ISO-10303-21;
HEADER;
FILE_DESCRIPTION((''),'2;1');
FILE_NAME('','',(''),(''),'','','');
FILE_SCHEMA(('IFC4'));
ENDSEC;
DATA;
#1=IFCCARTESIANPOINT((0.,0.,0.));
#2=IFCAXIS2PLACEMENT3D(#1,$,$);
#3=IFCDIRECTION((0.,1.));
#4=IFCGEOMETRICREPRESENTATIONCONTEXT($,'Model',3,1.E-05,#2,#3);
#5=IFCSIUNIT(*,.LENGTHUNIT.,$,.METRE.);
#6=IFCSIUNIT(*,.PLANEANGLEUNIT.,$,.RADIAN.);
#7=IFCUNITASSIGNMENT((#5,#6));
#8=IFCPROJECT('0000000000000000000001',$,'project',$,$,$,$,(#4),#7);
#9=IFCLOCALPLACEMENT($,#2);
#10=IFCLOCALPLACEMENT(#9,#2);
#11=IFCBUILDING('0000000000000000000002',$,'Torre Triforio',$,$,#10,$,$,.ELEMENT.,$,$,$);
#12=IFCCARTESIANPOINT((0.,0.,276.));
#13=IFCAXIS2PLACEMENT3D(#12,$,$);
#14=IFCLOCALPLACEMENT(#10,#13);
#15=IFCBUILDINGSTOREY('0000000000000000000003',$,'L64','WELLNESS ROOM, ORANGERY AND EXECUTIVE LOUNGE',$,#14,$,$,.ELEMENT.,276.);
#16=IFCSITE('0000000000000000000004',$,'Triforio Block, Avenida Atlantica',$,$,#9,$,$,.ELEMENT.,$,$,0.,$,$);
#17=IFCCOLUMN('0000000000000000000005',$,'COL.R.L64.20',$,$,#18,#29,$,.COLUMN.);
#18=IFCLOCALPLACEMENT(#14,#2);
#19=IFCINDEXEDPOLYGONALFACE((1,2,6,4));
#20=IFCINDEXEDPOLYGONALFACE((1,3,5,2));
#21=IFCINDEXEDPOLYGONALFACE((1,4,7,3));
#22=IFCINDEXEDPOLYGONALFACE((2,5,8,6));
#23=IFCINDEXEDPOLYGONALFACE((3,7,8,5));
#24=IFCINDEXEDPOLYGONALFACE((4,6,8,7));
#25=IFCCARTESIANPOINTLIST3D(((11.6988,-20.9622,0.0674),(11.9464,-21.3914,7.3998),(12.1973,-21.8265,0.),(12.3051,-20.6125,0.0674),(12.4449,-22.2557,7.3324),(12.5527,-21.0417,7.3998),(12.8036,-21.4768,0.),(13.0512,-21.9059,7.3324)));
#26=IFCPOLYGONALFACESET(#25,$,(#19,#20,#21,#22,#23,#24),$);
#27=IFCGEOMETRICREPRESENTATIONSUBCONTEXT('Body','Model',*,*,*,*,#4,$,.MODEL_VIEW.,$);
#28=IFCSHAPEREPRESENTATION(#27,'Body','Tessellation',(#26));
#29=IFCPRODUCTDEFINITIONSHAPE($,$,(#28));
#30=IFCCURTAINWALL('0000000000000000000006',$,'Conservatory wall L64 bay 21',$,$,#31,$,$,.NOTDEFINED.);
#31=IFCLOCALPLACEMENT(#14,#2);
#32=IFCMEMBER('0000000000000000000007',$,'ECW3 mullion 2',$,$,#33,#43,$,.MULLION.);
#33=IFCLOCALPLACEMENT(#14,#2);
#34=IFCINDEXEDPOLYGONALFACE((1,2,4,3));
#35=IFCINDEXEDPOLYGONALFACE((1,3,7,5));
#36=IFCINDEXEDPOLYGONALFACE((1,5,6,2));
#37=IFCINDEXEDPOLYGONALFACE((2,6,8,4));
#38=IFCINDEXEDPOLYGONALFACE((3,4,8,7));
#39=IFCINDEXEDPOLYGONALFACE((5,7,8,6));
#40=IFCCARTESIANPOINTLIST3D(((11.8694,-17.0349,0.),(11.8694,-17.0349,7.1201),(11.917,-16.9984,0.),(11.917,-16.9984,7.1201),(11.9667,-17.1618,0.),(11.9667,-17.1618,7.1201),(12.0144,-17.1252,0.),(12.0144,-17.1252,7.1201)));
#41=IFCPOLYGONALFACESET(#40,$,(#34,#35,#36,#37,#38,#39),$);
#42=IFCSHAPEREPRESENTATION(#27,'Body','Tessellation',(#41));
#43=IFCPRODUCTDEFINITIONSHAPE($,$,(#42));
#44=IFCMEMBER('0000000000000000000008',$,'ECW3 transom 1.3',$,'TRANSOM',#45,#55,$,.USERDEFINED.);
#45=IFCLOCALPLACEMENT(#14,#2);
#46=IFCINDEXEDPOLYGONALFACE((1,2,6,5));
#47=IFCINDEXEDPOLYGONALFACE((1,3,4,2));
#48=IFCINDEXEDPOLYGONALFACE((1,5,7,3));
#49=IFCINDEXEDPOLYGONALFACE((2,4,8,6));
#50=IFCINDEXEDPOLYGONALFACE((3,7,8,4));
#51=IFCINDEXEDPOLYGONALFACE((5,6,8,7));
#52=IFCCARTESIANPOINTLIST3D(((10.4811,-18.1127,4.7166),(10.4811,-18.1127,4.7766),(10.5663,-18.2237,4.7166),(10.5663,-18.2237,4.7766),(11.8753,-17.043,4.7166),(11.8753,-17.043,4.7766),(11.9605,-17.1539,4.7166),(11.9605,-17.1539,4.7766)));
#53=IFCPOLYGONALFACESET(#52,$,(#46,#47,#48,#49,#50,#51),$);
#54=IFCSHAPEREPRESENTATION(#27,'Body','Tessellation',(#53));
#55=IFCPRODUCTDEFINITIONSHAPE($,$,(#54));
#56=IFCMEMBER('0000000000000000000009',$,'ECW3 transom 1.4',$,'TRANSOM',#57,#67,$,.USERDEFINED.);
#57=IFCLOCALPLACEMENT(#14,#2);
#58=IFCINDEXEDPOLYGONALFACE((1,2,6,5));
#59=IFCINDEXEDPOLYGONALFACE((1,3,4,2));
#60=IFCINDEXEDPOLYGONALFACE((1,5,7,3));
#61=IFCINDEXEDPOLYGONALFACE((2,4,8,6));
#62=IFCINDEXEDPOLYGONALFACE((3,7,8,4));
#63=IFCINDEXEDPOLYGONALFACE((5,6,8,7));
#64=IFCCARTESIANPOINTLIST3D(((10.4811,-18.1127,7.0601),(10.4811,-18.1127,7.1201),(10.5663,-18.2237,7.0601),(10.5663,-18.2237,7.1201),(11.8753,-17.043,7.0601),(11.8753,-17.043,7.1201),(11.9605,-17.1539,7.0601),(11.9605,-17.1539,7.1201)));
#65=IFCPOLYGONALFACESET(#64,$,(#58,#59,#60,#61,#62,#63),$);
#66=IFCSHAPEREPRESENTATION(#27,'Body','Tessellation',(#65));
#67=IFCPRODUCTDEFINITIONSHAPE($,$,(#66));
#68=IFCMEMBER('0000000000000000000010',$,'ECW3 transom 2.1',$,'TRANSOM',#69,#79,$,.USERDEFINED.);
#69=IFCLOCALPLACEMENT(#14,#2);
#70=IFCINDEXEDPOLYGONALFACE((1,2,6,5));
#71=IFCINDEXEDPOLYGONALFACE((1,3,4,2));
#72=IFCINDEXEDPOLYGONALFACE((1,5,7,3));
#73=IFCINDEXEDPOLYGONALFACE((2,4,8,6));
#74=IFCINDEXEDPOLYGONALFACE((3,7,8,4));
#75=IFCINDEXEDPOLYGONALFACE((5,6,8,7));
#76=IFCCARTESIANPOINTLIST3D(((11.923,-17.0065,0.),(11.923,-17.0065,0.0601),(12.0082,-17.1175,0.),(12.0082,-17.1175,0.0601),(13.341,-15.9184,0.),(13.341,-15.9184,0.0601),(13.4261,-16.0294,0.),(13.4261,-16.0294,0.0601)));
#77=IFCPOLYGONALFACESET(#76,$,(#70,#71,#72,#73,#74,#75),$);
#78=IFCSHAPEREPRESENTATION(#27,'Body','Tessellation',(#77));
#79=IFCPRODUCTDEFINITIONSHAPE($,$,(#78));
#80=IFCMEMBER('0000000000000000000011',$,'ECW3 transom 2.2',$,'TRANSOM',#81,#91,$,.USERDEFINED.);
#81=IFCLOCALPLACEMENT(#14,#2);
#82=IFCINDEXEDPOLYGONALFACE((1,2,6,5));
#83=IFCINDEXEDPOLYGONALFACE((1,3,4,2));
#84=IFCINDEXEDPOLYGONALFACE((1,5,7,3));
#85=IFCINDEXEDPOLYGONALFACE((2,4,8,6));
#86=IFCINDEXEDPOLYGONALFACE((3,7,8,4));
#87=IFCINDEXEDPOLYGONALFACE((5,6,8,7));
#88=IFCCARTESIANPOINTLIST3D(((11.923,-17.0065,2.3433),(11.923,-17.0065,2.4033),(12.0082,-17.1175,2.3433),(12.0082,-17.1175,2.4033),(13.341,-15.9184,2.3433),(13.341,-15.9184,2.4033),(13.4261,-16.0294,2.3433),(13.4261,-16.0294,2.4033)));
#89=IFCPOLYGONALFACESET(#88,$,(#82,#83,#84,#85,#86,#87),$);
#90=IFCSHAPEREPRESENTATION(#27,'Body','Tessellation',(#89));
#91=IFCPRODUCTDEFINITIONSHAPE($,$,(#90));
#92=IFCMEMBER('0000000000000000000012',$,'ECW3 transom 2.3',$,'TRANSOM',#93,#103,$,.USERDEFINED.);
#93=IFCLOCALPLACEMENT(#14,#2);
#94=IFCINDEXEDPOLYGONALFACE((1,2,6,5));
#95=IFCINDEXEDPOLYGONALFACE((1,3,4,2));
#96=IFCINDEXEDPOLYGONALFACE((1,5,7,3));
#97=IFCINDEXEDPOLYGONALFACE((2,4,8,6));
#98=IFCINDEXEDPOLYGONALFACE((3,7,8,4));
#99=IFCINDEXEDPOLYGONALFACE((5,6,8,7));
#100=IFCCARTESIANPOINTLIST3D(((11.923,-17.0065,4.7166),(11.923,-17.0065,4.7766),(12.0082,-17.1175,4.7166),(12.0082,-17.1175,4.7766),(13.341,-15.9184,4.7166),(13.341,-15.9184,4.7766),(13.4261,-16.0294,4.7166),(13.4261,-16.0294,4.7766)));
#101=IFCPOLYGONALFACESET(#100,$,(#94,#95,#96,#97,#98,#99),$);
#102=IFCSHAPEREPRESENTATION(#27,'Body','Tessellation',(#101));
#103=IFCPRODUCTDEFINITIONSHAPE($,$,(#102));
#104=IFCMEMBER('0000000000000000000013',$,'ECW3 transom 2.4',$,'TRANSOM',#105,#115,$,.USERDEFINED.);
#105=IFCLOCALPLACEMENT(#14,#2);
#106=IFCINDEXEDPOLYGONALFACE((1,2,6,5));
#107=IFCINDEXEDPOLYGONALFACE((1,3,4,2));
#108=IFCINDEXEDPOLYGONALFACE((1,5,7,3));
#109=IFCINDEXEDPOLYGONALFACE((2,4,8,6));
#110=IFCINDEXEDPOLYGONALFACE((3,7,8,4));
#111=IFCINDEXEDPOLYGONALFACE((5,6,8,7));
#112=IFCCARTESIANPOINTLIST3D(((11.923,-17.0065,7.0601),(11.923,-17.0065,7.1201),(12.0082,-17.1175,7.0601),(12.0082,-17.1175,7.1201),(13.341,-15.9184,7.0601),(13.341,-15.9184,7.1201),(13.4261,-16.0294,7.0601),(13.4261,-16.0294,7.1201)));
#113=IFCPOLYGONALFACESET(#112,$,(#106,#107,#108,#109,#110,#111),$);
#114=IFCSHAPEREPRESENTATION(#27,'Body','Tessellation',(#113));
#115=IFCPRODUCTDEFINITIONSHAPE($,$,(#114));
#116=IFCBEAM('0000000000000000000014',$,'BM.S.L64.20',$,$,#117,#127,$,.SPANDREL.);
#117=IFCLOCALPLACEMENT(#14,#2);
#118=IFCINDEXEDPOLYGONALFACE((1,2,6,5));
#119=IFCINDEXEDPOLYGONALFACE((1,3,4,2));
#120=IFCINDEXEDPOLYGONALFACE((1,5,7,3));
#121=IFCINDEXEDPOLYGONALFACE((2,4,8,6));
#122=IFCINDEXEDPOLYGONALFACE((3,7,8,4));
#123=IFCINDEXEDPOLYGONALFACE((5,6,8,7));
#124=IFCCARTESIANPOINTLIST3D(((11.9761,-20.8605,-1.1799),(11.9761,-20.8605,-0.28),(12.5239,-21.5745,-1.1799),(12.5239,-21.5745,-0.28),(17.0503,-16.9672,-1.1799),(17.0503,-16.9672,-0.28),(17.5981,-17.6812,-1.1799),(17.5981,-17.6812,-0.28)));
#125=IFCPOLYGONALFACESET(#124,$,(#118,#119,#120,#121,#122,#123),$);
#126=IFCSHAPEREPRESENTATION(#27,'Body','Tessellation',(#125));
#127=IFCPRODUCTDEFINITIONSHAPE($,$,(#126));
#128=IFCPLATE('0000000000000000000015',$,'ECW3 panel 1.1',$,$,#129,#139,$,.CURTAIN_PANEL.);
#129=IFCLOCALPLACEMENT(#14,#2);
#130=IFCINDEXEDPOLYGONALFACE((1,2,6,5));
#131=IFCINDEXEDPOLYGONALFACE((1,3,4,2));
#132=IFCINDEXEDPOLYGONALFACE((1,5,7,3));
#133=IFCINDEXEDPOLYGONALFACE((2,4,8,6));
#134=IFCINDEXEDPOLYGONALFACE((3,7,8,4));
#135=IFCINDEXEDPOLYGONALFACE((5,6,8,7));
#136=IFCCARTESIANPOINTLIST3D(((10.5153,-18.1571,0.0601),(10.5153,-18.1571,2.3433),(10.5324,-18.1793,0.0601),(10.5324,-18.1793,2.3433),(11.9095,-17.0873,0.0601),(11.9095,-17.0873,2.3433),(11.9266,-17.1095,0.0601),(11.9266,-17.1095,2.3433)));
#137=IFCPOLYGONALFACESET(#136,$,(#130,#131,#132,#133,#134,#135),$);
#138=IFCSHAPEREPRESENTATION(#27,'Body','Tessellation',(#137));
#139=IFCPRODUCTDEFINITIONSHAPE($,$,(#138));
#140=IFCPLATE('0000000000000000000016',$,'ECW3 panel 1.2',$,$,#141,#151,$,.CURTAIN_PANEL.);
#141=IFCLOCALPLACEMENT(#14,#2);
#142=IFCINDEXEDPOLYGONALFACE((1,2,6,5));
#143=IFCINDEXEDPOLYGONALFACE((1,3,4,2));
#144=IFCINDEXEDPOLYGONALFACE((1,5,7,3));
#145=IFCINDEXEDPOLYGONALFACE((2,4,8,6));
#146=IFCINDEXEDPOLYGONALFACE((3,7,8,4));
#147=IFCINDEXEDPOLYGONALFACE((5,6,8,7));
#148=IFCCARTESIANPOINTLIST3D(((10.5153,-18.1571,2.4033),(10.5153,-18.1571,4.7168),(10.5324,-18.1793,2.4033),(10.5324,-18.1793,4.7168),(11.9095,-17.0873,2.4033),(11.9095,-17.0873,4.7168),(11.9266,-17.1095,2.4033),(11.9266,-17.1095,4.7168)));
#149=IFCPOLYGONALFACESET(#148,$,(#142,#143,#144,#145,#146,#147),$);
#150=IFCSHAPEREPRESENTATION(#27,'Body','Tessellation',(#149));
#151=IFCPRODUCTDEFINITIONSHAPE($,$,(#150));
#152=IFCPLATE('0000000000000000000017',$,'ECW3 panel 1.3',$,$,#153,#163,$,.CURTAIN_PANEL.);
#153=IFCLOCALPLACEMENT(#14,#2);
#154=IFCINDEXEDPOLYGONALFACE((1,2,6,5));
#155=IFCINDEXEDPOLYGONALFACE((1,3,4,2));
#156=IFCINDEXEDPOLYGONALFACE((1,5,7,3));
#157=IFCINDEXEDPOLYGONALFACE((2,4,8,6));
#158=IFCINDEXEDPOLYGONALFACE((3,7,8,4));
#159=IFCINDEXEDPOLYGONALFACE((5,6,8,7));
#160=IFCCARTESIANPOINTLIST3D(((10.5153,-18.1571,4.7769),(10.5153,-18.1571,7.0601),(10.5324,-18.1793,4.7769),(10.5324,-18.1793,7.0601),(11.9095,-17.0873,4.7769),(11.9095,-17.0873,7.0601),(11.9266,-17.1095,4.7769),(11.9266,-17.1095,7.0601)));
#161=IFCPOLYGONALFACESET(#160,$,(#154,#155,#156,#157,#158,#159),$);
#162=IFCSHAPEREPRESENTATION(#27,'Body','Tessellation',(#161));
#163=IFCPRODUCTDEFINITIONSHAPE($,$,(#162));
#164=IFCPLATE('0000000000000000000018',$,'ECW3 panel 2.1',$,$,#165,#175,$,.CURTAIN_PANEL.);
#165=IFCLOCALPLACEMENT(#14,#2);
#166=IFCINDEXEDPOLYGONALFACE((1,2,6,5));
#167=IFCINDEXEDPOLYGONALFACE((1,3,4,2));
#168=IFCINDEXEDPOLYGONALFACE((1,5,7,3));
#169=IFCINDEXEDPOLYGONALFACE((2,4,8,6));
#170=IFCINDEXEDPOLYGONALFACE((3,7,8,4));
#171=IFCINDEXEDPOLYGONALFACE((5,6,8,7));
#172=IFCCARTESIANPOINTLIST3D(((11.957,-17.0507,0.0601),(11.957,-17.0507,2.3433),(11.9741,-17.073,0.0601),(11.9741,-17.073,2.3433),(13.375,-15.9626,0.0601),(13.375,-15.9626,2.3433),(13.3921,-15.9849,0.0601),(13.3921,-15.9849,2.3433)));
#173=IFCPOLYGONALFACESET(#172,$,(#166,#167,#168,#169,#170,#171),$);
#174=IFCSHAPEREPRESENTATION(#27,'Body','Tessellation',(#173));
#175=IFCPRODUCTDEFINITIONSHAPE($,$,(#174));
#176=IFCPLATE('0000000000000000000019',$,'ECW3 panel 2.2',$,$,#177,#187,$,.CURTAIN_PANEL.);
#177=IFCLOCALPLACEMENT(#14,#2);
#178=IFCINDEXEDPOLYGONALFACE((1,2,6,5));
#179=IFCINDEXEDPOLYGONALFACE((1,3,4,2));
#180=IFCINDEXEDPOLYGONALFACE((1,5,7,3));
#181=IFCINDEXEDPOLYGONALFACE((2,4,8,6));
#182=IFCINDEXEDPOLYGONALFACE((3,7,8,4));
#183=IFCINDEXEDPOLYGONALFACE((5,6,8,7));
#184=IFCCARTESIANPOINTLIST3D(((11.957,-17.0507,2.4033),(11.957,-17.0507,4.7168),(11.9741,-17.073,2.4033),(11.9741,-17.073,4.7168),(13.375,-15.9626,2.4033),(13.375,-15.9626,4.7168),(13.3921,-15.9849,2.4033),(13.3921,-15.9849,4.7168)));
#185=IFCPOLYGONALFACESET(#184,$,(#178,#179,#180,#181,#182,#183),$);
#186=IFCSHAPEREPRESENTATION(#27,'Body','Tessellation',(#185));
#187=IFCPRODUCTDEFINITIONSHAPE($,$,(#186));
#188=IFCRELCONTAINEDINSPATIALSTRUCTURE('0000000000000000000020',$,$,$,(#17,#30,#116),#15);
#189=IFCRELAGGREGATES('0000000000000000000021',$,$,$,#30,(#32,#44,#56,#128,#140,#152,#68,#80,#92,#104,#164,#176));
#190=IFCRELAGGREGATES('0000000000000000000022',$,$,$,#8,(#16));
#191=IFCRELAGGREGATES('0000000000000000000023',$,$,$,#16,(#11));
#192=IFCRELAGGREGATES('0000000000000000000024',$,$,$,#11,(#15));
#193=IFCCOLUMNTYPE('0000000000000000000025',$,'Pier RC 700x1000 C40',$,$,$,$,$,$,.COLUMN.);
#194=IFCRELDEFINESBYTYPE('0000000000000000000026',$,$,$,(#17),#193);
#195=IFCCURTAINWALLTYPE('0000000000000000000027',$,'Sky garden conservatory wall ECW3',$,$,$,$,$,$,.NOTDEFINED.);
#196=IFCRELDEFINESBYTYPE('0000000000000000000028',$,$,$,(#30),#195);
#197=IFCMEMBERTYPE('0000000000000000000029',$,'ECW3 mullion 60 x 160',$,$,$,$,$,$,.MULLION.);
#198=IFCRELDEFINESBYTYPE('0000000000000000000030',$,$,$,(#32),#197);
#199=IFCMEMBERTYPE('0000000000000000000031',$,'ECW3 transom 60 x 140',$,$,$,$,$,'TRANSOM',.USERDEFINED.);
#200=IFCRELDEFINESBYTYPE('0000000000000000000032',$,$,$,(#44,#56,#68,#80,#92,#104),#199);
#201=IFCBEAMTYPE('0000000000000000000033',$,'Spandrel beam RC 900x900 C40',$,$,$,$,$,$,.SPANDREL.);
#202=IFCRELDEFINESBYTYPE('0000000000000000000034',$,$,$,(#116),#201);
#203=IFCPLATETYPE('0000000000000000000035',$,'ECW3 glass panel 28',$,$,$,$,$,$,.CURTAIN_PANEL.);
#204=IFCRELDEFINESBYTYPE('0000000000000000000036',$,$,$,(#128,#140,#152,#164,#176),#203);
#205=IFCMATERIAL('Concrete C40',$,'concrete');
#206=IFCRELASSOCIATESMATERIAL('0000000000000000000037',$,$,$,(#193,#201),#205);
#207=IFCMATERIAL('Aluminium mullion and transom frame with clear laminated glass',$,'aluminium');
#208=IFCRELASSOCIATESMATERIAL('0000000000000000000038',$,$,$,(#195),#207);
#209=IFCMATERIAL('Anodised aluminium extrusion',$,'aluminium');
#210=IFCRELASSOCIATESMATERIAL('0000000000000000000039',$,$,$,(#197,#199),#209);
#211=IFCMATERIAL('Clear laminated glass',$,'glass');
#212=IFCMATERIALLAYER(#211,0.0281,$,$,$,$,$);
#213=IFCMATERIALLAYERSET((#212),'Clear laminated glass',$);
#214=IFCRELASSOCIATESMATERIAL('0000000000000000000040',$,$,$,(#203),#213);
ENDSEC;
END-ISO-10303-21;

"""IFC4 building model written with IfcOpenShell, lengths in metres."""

from ifc_helpers import new_model, si_unit, direction, frame, origin, origin_2d, place, context, subcontext, project, spatial, rectangle, extrude, material, layer, layer_set, material_profile, profile_set, type_object, element, aggregate, save


model = new_model("IFC4")

# Units and contexts
model_context = context("Model", 3, precision=1e-05, world=origin(), true_north=direction((0.0, 1.0)))
body_context = subcontext(model_context, "Body", "Model", "MODEL_VIEW")
ifc_project = project(units=[si_unit("LENGTHUNIT", "METRE"), si_unit("PLANEANGLEUNIT", "RADIAN")], contexts=[model_context])

# Site, building, storey
site_placement = place(None, origin())
site = spatial("IfcSite", under=ifc_project, at=site_placement, Name="Triforio Block, Avenida Atlantica", CompositionType="ELEMENT", RefElevation=0.0)
building_placement = place(site_placement, origin())
building = spatial("IfcBuilding", under=site, at=building_placement, Name="Torre Triforio", CompositionType="ELEMENT")
storey_placement = place(building_placement, frame((0.0, 0.0, 276.0)))
storey = spatial("IfcBuildingStorey", under=building, at=storey_placement, Name="L64", Description="WELLNESS ROOM, ORANGERY AND EXECUTIVE LOUNGE", CompositionType="ELEMENT", Elevation=276.0)

# Column
ifc_material_1 = material(Name="Concrete C40", Category="concrete")
ifc_material_profile_1 = material_profile(ifc_material_1, rectangle(XDim=0.7, YDim=1.0, at=origin_2d()), Name="RC 700x1000")
ifc_profile_set_1 = profile_set([ifc_material_profile_1], Name="Concrete C40")
column_type = type_object("IfcColumnType", Name="Pier RC 700x1000 C40", PredefinedType="COLUMN", material=ifc_profile_set_1)
column_placement = place(storey_placement, frame((12.2512, -21.2195, 0.0337), z_axis=(0.033685, -0.0584, 0.997725), x_axis=(0.866235, 0.499637, 0.0)))
element("IfcColumn", 1, at=column_placement, inside=storey, type_object=column_type, Name="COL.R.L64.20", PredefinedType="COLUMN", context=body_context, shape_type="SweptSolid", body=[
    extrude(rectangle(XDim=0.7, YDim=1.0, at=origin_2d()), origin(), (0.0, 0.0, 1.0), 7.3491),
])

# Curtain wall, members
ifc_material_2 = material(Name="Aluminium mullion and transom frame with clear laminated glass", Category="aluminium")
curtain_wall_type = type_object("IfcCurtainWallType", Name="Sky garden conservatory wall ECW3", PredefinedType="NOTDEFINED", material=ifc_material_2)
curtain_wall_placement = place(storey_placement, origin())
curtain_wall = element("IfcCurtainWall", 2, at=curtain_wall_placement, inside=storey, type_object=curtain_wall_type, Name="Conservatory wall L64 bay 21", PredefinedType="NOTDEFINED")
ifc_material_3 = material(Name="Anodised aluminium extrusion", Category="aluminium")
ifc_material_profile_2 = material_profile(ifc_material_3, rectangle(XDim=0.1599, YDim=0.0601, at=origin_2d()), Name="ECW3 MULLION 60x160")
ifc_profile_set_2 = profile_set([ifc_material_profile_2], Name="Anodised aluminium extrusion")
member_type_1 = type_object("IfcMemberType", Name="ECW3 mullion 60 x 160", PredefinedType="MULLION", material=ifc_profile_set_2)
member_1_placement = place(storey_placement, frame((11.9419, -17.0801, 0.0), z_axis=(0.0, 0.0, 1.0), x_axis=(-0.608763, 0.793352, 0.0)))
member_1 = element("IfcMember", 3, at=member_1_placement, type_object=member_type_1, Name="ECW3 mullion 2", PredefinedType="MULLION", context=body_context, shape_type="SweptSolid", body=[
    extrude(rectangle(XDim=0.1599, YDim=0.0601, at=origin_2d()), origin(), (0.0, 0.0, 1.0), 7.1201),
])
ifc_material_profile_3 = material_profile(ifc_material_3, rectangle(XDim=0.1399, YDim=0.0601, at=origin_2d()), Name="ECW3 TRANSOM 60x140")
ifc_profile_set_3 = profile_set([ifc_material_profile_3], Name="Anodised aluminium extrusion")
member_type_2 = type_object("IfcMemberType", Name="ECW3 transom 60 x 140", ElementType="TRANSOM", PredefinedType="USERDEFINED", material=ifc_profile_set_3)
member_2_placement = place(storey_placement, frame((10.5237, -18.1682, 4.7466), z_axis=(0.793367, 0.608744, 0.0), x_axis=(-0.608744, 0.793367, 0.0)))
member_2 = element("IfcMember", 4, at=member_2_placement, type_object=member_type_2, Name="ECW3 transom 1.3", ObjectType="TRANSOM", PredefinedType="USERDEFINED", context=body_context, shape_type="SweptSolid", body=[
    extrude(rectangle(XDim=0.1399, YDim=0.0601, at=origin_2d()), origin(), (0.0, 0.0, 1.0), 1.7573),
])
member_3_placement = place(storey_placement, frame((10.5237, -18.1682, 7.0901), z_axis=(0.793367, 0.608744, 0.0), x_axis=(-0.608744, 0.793367, 0.0)))
member_3 = element("IfcMember", 5, at=member_3_placement, type_object=member_type_2, Name="ECW3 transom 1.4", ObjectType="TRANSOM", PredefinedType="USERDEFINED", context=body_context, shape_type="SweptSolid", body=[
    extrude(rectangle(XDim=0.1399, YDim=0.0601, at=origin_2d()), origin(), (0.0, 0.0, 1.0), 1.7573),
])
member_4_placement = place(storey_placement, frame((11.9656, -17.062, 0.03), z_axis=(0.793329, 0.608793, 0.0), x_axis=(-0.608793, 0.793329, 0.0)))
member_4 = element("IfcMember", 6, at=member_4_placement, type_object=member_type_2, Name="ECW3 transom 2.1", ObjectType="TRANSOM", PredefinedType="USERDEFINED", context=body_context, shape_type="SweptSolid", body=[
    extrude(rectangle(XDim=0.1399, YDim=0.0601, at=origin_2d()), origin(), (0.0, 0.0, 1.0), 1.7874),
])
member_5_placement = place(storey_placement, frame((11.9656, -17.062, 2.3733), z_axis=(0.793329, 0.608793, 0.0), x_axis=(-0.608793, 0.793329, 0.0)))
member_5 = element("IfcMember", 7, at=member_5_placement, type_object=member_type_2, Name="ECW3 transom 2.2", ObjectType="TRANSOM", PredefinedType="USERDEFINED", context=body_context, shape_type="SweptSolid", body=[
    extrude(rectangle(XDim=0.1399, YDim=0.0601, at=origin_2d()), origin(), (0.0, 0.0, 1.0), 1.7874),
])
member_6_placement = place(storey_placement, frame((11.9656, -17.062, 4.7466), z_axis=(0.793329, 0.608793, 0.0), x_axis=(-0.608793, 0.793329, 0.0)))
member_6 = element("IfcMember", 8, at=member_6_placement, type_object=member_type_2, Name="ECW3 transom 2.3", ObjectType="TRANSOM", PredefinedType="USERDEFINED", context=body_context, shape_type="SweptSolid", body=[
    extrude(rectangle(XDim=0.1399, YDim=0.0601, at=origin_2d()), origin(), (0.0, 0.0, 1.0), 1.7874),
])
member_7_placement = place(storey_placement, frame((11.9656, -17.062, 7.0901), z_axis=(0.793329, 0.608793, 0.0), x_axis=(-0.608793, 0.793329, 0.0)))
member_7 = element("IfcMember", 9, at=member_7_placement, type_object=member_type_2, Name="ECW3 transom 2.4", ObjectType="TRANSOM", PredefinedType="USERDEFINED", context=body_context, shape_type="SweptSolid", body=[
    extrude(rectangle(XDim=0.1399, YDim=0.0601, at=origin_2d()), origin(), (0.0, 0.0, 1.0), 1.7874),
])

# Beam
ifc_material_profile_4 = material_profile(ifc_material_1, rectangle(XDim=0.8999, YDim=0.8999, at=origin_2d()), Name="RC 900x900")
ifc_profile_set_4 = profile_set([ifc_material_profile_4], Name="Concrete C40")
beam_type = type_object("IfcBeamType", Name="Spandrel beam RC 900x900 C40", PredefinedType="SPANDREL", material=ifc_profile_set_4)
beam_placement = place(storey_placement, frame((12.25, -21.2175, -0.73), z_axis=(0.793374, 0.608734, 0.0), x_axis=(-0.608734, 0.793374, 0.0)))
element("IfcBeam", 10, at=beam_placement, inside=storey, type_object=beam_type, Name="BM.S.L64.20", PredefinedType="SPANDREL", context=body_context, shape_type="SweptSolid", body=[
    extrude(rectangle(XDim=0.8999, YDim=0.8999, at=origin_2d()), origin(), (0.0, 0.0, 1.0), 6.3958),
])

# Plates
ifc_material_4 = material(Name="Clear laminated glass", Category="glass")
ifc_layer_1 = layer(ifc_material_4, 0.0281)
ifc_layer_set_1 = layer_set([ifc_layer_1], Name="Clear laminated glass")
plate_type = type_object("IfcPlateType", Name="ECW3 glass panel 28", PredefinedType="CURTAIN_PANEL", material=ifc_layer_set_1)
plate_1_placement = place(storey_placement, frame((11.2209, -17.6333, 0.0601), z_axis=(0.0, 0.0, 1.0), x_axis=(0.793352, 0.608763, 0.0)))
plate_1 = element("IfcPlate", 11, at=plate_1_placement, type_object=plate_type, Name="ECW3 panel 1.1", PredefinedType="CURTAIN_PANEL", context=body_context, shape_type="SweptSolid", body=[
    extrude(rectangle(XDim=1.7573, YDim=0.0281, at=origin_2d()), origin(), (0.0, 0.0, 1.0), 2.2832),
])
plate_2_placement = place(storey_placement, frame((11.2209, -17.6333, 2.4033), z_axis=(0.0, 0.0, 1.0), x_axis=(0.793352, 0.608763, 0.0)))
plate_2 = element("IfcPlate", 12, at=plate_2_placement, type_object=plate_type, Name="ECW3 panel 1.2", PredefinedType="CURTAIN_PANEL", context=body_context, shape_type="SweptSolid", body=[
    extrude(rectangle(XDim=1.7573, YDim=0.0281, at=origin_2d()), origin(), (0.0, 0.0, 1.0), 2.3135),
])
plate_3_placement = place(storey_placement, frame((11.2209, -17.6333, 4.7769), z_axis=(0.0, 0.0, 1.0), x_axis=(0.793352, 0.608763, 0.0)))
plate_3 = element("IfcPlate", 13, at=plate_3_placement, type_object=plate_type, Name="ECW3 panel 1.3", PredefinedType="CURTAIN_PANEL", context=body_context, shape_type="SweptSolid", body=[
    extrude(rectangle(XDim=1.7573, YDim=0.0281, at=origin_2d()), origin(), (0.0, 0.0, 1.0), 2.2832),
])
plate_4_placement = place(storey_placement, frame((12.6746, -16.5178, 0.0601), z_axis=(0.0, 0.0, 1.0), x_axis=(0.793352, 0.608763, 0.0)))
plate_4 = element("IfcPlate", 14, at=plate_4_placement, type_object=plate_type, Name="ECW3 panel 2.1", PredefinedType="CURTAIN_PANEL", context=body_context, shape_type="SweptSolid", body=[
    extrude(rectangle(XDim=1.7874, YDim=0.0281, at=origin_2d()), origin(), (0.0, 0.0, 1.0), 2.2832),
])
plate_5_placement = place(storey_placement, frame((12.6746, -16.5178, 2.4033), z_axis=(0.0, 0.0, 1.0), x_axis=(0.793352, 0.608763, 0.0)))
plate_5 = element("IfcPlate", 15, at=plate_5_placement, type_object=plate_type, Name="ECW3 panel 2.2", PredefinedType="CURTAIN_PANEL", context=body_context, shape_type="SweptSolid", body=[
    extrude(rectangle(XDim=1.7874, YDim=0.0281, at=origin_2d()), origin(), (0.0, 0.0, 1.0), 2.3135),
])
aggregate(curtain_wall, [member_1, member_2, member_3, plate_1, plate_2, plate_3, member_4, member_5, member_6, member_7, plate_4, plate_5])

save(model, "model.ifc")
